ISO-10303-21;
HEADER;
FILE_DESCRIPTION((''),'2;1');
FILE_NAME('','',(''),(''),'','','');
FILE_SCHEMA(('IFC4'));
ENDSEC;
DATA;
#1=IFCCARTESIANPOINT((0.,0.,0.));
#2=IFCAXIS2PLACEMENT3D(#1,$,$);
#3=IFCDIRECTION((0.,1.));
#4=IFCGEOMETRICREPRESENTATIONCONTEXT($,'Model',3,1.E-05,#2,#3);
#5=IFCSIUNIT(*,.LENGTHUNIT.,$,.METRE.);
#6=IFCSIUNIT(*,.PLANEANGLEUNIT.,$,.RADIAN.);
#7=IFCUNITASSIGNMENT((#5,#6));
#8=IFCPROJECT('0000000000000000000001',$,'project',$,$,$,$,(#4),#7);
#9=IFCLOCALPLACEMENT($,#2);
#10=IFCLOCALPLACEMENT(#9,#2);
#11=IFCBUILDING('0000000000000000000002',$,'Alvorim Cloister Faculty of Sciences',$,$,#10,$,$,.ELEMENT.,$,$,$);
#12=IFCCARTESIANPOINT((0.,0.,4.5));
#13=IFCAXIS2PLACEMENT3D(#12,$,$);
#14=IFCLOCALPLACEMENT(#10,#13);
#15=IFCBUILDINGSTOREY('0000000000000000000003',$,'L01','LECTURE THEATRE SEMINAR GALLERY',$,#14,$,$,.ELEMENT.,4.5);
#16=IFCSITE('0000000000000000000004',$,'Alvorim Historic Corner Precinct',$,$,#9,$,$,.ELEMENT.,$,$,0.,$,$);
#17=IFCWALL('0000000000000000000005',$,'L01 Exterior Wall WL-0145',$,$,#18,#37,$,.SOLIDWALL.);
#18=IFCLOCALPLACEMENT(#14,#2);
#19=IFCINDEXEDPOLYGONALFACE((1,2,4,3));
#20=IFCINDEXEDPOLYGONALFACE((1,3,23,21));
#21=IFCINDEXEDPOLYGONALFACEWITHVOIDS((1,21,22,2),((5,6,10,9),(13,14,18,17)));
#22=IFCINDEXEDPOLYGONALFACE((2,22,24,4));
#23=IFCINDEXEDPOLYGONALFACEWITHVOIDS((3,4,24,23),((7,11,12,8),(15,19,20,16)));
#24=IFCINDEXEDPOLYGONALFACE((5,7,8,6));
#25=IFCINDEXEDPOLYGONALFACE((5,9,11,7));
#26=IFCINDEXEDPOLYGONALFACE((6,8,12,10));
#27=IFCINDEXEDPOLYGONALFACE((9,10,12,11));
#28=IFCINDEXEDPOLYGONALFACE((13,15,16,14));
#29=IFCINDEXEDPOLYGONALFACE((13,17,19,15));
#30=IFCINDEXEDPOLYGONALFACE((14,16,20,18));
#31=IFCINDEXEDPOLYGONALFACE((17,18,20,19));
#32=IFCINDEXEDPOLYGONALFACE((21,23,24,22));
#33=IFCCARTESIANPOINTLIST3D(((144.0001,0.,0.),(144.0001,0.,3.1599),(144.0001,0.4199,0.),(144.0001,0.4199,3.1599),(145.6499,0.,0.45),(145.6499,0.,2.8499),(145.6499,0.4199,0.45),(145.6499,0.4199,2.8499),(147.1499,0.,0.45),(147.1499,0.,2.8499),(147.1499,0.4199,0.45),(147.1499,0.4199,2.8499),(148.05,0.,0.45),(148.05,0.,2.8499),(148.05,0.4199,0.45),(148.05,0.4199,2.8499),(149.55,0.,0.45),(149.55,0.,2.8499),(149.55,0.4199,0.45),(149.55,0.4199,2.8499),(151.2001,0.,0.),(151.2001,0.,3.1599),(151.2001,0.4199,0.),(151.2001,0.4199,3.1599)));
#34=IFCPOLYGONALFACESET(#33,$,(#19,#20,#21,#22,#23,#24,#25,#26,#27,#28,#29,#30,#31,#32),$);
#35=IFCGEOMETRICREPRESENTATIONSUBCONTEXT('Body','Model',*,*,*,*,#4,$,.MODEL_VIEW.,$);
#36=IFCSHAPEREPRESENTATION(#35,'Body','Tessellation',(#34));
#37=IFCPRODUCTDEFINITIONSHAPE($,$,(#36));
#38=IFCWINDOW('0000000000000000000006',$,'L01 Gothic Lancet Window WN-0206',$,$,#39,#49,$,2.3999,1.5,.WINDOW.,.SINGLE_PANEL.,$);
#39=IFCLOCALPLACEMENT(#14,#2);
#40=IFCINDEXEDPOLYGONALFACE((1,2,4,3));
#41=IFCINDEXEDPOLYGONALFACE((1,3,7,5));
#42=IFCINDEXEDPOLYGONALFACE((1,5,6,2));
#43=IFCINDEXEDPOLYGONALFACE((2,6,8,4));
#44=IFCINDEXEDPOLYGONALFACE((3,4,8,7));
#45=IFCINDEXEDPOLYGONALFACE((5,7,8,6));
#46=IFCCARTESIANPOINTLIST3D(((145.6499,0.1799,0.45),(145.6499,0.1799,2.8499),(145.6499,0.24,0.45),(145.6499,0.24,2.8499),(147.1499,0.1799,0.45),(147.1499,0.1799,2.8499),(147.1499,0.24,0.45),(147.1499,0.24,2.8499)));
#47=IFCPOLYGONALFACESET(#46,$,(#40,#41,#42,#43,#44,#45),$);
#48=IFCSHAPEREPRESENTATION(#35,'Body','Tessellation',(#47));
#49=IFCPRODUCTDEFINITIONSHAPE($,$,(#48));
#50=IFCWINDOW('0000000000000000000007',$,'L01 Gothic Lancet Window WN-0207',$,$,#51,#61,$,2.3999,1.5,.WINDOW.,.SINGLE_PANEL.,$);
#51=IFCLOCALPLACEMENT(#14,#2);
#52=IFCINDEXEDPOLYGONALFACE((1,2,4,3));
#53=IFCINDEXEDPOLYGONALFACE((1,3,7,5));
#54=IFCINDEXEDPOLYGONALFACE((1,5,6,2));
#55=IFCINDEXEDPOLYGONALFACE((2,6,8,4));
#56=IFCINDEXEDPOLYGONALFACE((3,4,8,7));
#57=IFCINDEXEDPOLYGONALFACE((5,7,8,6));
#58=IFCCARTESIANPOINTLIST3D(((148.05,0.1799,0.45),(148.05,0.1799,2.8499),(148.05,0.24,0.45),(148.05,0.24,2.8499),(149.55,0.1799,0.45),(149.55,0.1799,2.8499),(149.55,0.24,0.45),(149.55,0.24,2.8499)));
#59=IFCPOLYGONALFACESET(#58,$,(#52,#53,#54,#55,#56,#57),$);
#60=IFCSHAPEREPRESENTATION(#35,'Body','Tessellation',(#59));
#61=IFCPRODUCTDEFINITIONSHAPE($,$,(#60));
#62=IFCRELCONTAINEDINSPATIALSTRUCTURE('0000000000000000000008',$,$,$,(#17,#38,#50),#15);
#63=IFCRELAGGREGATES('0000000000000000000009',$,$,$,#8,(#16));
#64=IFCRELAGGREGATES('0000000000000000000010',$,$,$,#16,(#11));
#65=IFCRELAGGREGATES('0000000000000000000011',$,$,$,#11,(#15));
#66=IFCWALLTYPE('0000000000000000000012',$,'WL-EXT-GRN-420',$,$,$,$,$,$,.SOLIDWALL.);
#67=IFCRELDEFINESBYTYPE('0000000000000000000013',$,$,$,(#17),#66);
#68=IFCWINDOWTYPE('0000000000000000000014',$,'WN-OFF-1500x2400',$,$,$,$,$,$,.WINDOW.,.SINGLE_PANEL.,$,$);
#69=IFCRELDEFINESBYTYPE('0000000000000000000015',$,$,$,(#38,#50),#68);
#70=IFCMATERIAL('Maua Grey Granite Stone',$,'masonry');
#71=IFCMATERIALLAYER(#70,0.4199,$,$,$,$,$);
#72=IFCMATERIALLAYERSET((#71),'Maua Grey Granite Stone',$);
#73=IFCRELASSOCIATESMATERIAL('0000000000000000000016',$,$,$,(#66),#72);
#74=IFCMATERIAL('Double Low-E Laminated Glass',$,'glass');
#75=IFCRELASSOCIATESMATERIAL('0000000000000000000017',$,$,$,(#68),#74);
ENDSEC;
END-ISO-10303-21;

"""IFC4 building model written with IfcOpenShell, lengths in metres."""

from ifc_helpers import new_model, si_unit, direction, frame, frame_2d, origin, place, context, subcontext, project, spatial, rectangle, extrude, material, layer, layer_set, type_object, element, fill, save


model = new_model("IFC4")

# Units and contexts
model_context = context("Model", 3, precision=1e-05, world=origin(), true_north=direction((0.0, 1.0)))
body_context = subcontext(model_context, "Body", "Model", "MODEL_VIEW")
ifc_project = project(units=[si_unit("LENGTHUNIT", "METRE"), si_unit("PLANEANGLEUNIT", "RADIAN")], contexts=[model_context])

# Site, building, storey
site_placement = place(None, origin())
site = spatial("IfcSite", under=ifc_project, at=site_placement, Name="Alvorim Historic Corner Precinct", CompositionType="ELEMENT", RefElevation=0.0)
building_placement = place(site_placement, origin())
building = spatial("IfcBuilding", under=site, at=building_placement, Name="Alvorim Cloister Faculty of Sciences", CompositionType="ELEMENT")
storey_placement = place(building_placement, frame((0.0, 0.0, 4.5)))
storey = spatial("IfcBuildingStorey", under=building, at=storey_placement, Name="L01", Description="LECTURE THEATRE SEMINAR GALLERY", CompositionType="ELEMENT", Elevation=4.5)

# Wall, openings, windows
ifc_material_1 = material(Name="Maua Grey Granite Stone", Category="masonry")
ifc_layer = layer(ifc_material_1, 0.4199)
ifc_layer_set = layer_set([ifc_layer], Name="Maua Grey Granite Stone")
wall_type = type_object("IfcWallType", Name="WL-EXT-GRN-420", PredefinedType="SOLIDWALL", material=ifc_layer_set)
ifc_material_2 = material(Name="Double Low-E Laminated Glass", Category="glass")
wall_1_placement = place(storey_placement, frame((144.0, 0.21, 0.0), z_axis=(0.0, 0.0, 1.0), x_axis=(1.0, 0.0, 0.0)))
wall_1 = element("IfcWall", 1, at=wall_1_placement, inside=storey, type_object=wall_type, Name="L01 Exterior Wall WL-0145", PredefinedType="SOLIDWALL", context=body_context, shape_type="SweptSolid", body=[
    extrude(rectangle(XDim=7.2, YDim=0.4199, at=frame_2d((3.6001, 0.0))), origin(), (0.0, 0.0, 1.0), 3.1599),
])
opening_1_placement = place(wall_1_placement, frame((1.6499, 0.0, 0.45)))
opening_1 = element("IfcOpeningElement", 2, at=opening_1_placement, cuts=wall_1, PredefinedType="OPENING", context=body_context, shape_type="SweptSolid", body=[
    extrude(rectangle(XDim=1.5, YDim=2.3999, at=frame_2d((0.75, 1.2))), frame((0.0, 0.2219, 0.0), z_axis=(0.0, -1.0, 0.0), x_axis=(1.0, 0.0, 0.0)), (0.0, 0.0, 1.0), 0.4438),
])
opening_2_placement = place(wall_1_placement, frame((4.05, 0.0, 0.45)))
opening_2 = element("IfcOpeningElement", 3, at=opening_2_placement, cuts=wall_1, PredefinedType="OPENING", context=body_context, shape_type="SweptSolid", body=[
    extrude(rectangle(XDim=1.5, YDim=2.3999, at=frame_2d((0.75, 1.2))), frame((0.0, 0.2219, 0.0), z_axis=(0.0, -1.0, 0.0), x_axis=(1.0, 0.0, 0.0)), (0.0, 0.0, 1.0), 0.4438),
])
window_type_1 = type_object("IfcWindowType", Name="WN-OFF-1500x2400", PartitioningType="SINGLE_PANEL", PredefinedType="WINDOW", material=ifc_material_2)
window_1_placement = place(opening_1_placement, origin())
window_1 = element("IfcWindow", 4, at=window_1_placement, inside=storey, type_object=window_type_1, Name="L01 Gothic Lancet Window WN-0206", OverallHeight=2.3999, OverallWidth=1.5, PartitioningType="SINGLE_PANEL", PredefinedType="WINDOW", context=body_context, shape_type="SweptSolid", body=[
    extrude(rectangle(XDim=1.5, YDim=2.3999, at=frame_2d((0.75, 1.2))), frame((0.0, 0.03, 0.0), z_axis=(0.0, -1.0, 0.0), x_axis=(1.0, 0.0, 0.0)), (0.0, 0.0, 1.0), 0.0601),
])
fill(opening_1, window_1)
window_2_placement = place(opening_2_placement, origin())
window_2 = element("IfcWindow", 5, at=window_2_placement, inside=storey, type_object=window_type_1, Name="L01 Gothic Lancet Window WN-0207", OverallHeight=2.3999, OverallWidth=1.5, PartitioningType="SINGLE_PANEL", PredefinedType="WINDOW", context=body_context, shape_type="SweptSolid", body=[
    extrude(rectangle(XDim=1.5, YDim=2.3999, at=frame_2d((0.75, 1.2))), frame((0.0, 0.03, 0.0), z_axis=(0.0, -1.0, 0.0), x_axis=(1.0, 0.0, 0.0)), (0.0, 0.0, 1.0), 0.0601),
])
fill(opening_2, window_2)

save(model, "model.ifc")
